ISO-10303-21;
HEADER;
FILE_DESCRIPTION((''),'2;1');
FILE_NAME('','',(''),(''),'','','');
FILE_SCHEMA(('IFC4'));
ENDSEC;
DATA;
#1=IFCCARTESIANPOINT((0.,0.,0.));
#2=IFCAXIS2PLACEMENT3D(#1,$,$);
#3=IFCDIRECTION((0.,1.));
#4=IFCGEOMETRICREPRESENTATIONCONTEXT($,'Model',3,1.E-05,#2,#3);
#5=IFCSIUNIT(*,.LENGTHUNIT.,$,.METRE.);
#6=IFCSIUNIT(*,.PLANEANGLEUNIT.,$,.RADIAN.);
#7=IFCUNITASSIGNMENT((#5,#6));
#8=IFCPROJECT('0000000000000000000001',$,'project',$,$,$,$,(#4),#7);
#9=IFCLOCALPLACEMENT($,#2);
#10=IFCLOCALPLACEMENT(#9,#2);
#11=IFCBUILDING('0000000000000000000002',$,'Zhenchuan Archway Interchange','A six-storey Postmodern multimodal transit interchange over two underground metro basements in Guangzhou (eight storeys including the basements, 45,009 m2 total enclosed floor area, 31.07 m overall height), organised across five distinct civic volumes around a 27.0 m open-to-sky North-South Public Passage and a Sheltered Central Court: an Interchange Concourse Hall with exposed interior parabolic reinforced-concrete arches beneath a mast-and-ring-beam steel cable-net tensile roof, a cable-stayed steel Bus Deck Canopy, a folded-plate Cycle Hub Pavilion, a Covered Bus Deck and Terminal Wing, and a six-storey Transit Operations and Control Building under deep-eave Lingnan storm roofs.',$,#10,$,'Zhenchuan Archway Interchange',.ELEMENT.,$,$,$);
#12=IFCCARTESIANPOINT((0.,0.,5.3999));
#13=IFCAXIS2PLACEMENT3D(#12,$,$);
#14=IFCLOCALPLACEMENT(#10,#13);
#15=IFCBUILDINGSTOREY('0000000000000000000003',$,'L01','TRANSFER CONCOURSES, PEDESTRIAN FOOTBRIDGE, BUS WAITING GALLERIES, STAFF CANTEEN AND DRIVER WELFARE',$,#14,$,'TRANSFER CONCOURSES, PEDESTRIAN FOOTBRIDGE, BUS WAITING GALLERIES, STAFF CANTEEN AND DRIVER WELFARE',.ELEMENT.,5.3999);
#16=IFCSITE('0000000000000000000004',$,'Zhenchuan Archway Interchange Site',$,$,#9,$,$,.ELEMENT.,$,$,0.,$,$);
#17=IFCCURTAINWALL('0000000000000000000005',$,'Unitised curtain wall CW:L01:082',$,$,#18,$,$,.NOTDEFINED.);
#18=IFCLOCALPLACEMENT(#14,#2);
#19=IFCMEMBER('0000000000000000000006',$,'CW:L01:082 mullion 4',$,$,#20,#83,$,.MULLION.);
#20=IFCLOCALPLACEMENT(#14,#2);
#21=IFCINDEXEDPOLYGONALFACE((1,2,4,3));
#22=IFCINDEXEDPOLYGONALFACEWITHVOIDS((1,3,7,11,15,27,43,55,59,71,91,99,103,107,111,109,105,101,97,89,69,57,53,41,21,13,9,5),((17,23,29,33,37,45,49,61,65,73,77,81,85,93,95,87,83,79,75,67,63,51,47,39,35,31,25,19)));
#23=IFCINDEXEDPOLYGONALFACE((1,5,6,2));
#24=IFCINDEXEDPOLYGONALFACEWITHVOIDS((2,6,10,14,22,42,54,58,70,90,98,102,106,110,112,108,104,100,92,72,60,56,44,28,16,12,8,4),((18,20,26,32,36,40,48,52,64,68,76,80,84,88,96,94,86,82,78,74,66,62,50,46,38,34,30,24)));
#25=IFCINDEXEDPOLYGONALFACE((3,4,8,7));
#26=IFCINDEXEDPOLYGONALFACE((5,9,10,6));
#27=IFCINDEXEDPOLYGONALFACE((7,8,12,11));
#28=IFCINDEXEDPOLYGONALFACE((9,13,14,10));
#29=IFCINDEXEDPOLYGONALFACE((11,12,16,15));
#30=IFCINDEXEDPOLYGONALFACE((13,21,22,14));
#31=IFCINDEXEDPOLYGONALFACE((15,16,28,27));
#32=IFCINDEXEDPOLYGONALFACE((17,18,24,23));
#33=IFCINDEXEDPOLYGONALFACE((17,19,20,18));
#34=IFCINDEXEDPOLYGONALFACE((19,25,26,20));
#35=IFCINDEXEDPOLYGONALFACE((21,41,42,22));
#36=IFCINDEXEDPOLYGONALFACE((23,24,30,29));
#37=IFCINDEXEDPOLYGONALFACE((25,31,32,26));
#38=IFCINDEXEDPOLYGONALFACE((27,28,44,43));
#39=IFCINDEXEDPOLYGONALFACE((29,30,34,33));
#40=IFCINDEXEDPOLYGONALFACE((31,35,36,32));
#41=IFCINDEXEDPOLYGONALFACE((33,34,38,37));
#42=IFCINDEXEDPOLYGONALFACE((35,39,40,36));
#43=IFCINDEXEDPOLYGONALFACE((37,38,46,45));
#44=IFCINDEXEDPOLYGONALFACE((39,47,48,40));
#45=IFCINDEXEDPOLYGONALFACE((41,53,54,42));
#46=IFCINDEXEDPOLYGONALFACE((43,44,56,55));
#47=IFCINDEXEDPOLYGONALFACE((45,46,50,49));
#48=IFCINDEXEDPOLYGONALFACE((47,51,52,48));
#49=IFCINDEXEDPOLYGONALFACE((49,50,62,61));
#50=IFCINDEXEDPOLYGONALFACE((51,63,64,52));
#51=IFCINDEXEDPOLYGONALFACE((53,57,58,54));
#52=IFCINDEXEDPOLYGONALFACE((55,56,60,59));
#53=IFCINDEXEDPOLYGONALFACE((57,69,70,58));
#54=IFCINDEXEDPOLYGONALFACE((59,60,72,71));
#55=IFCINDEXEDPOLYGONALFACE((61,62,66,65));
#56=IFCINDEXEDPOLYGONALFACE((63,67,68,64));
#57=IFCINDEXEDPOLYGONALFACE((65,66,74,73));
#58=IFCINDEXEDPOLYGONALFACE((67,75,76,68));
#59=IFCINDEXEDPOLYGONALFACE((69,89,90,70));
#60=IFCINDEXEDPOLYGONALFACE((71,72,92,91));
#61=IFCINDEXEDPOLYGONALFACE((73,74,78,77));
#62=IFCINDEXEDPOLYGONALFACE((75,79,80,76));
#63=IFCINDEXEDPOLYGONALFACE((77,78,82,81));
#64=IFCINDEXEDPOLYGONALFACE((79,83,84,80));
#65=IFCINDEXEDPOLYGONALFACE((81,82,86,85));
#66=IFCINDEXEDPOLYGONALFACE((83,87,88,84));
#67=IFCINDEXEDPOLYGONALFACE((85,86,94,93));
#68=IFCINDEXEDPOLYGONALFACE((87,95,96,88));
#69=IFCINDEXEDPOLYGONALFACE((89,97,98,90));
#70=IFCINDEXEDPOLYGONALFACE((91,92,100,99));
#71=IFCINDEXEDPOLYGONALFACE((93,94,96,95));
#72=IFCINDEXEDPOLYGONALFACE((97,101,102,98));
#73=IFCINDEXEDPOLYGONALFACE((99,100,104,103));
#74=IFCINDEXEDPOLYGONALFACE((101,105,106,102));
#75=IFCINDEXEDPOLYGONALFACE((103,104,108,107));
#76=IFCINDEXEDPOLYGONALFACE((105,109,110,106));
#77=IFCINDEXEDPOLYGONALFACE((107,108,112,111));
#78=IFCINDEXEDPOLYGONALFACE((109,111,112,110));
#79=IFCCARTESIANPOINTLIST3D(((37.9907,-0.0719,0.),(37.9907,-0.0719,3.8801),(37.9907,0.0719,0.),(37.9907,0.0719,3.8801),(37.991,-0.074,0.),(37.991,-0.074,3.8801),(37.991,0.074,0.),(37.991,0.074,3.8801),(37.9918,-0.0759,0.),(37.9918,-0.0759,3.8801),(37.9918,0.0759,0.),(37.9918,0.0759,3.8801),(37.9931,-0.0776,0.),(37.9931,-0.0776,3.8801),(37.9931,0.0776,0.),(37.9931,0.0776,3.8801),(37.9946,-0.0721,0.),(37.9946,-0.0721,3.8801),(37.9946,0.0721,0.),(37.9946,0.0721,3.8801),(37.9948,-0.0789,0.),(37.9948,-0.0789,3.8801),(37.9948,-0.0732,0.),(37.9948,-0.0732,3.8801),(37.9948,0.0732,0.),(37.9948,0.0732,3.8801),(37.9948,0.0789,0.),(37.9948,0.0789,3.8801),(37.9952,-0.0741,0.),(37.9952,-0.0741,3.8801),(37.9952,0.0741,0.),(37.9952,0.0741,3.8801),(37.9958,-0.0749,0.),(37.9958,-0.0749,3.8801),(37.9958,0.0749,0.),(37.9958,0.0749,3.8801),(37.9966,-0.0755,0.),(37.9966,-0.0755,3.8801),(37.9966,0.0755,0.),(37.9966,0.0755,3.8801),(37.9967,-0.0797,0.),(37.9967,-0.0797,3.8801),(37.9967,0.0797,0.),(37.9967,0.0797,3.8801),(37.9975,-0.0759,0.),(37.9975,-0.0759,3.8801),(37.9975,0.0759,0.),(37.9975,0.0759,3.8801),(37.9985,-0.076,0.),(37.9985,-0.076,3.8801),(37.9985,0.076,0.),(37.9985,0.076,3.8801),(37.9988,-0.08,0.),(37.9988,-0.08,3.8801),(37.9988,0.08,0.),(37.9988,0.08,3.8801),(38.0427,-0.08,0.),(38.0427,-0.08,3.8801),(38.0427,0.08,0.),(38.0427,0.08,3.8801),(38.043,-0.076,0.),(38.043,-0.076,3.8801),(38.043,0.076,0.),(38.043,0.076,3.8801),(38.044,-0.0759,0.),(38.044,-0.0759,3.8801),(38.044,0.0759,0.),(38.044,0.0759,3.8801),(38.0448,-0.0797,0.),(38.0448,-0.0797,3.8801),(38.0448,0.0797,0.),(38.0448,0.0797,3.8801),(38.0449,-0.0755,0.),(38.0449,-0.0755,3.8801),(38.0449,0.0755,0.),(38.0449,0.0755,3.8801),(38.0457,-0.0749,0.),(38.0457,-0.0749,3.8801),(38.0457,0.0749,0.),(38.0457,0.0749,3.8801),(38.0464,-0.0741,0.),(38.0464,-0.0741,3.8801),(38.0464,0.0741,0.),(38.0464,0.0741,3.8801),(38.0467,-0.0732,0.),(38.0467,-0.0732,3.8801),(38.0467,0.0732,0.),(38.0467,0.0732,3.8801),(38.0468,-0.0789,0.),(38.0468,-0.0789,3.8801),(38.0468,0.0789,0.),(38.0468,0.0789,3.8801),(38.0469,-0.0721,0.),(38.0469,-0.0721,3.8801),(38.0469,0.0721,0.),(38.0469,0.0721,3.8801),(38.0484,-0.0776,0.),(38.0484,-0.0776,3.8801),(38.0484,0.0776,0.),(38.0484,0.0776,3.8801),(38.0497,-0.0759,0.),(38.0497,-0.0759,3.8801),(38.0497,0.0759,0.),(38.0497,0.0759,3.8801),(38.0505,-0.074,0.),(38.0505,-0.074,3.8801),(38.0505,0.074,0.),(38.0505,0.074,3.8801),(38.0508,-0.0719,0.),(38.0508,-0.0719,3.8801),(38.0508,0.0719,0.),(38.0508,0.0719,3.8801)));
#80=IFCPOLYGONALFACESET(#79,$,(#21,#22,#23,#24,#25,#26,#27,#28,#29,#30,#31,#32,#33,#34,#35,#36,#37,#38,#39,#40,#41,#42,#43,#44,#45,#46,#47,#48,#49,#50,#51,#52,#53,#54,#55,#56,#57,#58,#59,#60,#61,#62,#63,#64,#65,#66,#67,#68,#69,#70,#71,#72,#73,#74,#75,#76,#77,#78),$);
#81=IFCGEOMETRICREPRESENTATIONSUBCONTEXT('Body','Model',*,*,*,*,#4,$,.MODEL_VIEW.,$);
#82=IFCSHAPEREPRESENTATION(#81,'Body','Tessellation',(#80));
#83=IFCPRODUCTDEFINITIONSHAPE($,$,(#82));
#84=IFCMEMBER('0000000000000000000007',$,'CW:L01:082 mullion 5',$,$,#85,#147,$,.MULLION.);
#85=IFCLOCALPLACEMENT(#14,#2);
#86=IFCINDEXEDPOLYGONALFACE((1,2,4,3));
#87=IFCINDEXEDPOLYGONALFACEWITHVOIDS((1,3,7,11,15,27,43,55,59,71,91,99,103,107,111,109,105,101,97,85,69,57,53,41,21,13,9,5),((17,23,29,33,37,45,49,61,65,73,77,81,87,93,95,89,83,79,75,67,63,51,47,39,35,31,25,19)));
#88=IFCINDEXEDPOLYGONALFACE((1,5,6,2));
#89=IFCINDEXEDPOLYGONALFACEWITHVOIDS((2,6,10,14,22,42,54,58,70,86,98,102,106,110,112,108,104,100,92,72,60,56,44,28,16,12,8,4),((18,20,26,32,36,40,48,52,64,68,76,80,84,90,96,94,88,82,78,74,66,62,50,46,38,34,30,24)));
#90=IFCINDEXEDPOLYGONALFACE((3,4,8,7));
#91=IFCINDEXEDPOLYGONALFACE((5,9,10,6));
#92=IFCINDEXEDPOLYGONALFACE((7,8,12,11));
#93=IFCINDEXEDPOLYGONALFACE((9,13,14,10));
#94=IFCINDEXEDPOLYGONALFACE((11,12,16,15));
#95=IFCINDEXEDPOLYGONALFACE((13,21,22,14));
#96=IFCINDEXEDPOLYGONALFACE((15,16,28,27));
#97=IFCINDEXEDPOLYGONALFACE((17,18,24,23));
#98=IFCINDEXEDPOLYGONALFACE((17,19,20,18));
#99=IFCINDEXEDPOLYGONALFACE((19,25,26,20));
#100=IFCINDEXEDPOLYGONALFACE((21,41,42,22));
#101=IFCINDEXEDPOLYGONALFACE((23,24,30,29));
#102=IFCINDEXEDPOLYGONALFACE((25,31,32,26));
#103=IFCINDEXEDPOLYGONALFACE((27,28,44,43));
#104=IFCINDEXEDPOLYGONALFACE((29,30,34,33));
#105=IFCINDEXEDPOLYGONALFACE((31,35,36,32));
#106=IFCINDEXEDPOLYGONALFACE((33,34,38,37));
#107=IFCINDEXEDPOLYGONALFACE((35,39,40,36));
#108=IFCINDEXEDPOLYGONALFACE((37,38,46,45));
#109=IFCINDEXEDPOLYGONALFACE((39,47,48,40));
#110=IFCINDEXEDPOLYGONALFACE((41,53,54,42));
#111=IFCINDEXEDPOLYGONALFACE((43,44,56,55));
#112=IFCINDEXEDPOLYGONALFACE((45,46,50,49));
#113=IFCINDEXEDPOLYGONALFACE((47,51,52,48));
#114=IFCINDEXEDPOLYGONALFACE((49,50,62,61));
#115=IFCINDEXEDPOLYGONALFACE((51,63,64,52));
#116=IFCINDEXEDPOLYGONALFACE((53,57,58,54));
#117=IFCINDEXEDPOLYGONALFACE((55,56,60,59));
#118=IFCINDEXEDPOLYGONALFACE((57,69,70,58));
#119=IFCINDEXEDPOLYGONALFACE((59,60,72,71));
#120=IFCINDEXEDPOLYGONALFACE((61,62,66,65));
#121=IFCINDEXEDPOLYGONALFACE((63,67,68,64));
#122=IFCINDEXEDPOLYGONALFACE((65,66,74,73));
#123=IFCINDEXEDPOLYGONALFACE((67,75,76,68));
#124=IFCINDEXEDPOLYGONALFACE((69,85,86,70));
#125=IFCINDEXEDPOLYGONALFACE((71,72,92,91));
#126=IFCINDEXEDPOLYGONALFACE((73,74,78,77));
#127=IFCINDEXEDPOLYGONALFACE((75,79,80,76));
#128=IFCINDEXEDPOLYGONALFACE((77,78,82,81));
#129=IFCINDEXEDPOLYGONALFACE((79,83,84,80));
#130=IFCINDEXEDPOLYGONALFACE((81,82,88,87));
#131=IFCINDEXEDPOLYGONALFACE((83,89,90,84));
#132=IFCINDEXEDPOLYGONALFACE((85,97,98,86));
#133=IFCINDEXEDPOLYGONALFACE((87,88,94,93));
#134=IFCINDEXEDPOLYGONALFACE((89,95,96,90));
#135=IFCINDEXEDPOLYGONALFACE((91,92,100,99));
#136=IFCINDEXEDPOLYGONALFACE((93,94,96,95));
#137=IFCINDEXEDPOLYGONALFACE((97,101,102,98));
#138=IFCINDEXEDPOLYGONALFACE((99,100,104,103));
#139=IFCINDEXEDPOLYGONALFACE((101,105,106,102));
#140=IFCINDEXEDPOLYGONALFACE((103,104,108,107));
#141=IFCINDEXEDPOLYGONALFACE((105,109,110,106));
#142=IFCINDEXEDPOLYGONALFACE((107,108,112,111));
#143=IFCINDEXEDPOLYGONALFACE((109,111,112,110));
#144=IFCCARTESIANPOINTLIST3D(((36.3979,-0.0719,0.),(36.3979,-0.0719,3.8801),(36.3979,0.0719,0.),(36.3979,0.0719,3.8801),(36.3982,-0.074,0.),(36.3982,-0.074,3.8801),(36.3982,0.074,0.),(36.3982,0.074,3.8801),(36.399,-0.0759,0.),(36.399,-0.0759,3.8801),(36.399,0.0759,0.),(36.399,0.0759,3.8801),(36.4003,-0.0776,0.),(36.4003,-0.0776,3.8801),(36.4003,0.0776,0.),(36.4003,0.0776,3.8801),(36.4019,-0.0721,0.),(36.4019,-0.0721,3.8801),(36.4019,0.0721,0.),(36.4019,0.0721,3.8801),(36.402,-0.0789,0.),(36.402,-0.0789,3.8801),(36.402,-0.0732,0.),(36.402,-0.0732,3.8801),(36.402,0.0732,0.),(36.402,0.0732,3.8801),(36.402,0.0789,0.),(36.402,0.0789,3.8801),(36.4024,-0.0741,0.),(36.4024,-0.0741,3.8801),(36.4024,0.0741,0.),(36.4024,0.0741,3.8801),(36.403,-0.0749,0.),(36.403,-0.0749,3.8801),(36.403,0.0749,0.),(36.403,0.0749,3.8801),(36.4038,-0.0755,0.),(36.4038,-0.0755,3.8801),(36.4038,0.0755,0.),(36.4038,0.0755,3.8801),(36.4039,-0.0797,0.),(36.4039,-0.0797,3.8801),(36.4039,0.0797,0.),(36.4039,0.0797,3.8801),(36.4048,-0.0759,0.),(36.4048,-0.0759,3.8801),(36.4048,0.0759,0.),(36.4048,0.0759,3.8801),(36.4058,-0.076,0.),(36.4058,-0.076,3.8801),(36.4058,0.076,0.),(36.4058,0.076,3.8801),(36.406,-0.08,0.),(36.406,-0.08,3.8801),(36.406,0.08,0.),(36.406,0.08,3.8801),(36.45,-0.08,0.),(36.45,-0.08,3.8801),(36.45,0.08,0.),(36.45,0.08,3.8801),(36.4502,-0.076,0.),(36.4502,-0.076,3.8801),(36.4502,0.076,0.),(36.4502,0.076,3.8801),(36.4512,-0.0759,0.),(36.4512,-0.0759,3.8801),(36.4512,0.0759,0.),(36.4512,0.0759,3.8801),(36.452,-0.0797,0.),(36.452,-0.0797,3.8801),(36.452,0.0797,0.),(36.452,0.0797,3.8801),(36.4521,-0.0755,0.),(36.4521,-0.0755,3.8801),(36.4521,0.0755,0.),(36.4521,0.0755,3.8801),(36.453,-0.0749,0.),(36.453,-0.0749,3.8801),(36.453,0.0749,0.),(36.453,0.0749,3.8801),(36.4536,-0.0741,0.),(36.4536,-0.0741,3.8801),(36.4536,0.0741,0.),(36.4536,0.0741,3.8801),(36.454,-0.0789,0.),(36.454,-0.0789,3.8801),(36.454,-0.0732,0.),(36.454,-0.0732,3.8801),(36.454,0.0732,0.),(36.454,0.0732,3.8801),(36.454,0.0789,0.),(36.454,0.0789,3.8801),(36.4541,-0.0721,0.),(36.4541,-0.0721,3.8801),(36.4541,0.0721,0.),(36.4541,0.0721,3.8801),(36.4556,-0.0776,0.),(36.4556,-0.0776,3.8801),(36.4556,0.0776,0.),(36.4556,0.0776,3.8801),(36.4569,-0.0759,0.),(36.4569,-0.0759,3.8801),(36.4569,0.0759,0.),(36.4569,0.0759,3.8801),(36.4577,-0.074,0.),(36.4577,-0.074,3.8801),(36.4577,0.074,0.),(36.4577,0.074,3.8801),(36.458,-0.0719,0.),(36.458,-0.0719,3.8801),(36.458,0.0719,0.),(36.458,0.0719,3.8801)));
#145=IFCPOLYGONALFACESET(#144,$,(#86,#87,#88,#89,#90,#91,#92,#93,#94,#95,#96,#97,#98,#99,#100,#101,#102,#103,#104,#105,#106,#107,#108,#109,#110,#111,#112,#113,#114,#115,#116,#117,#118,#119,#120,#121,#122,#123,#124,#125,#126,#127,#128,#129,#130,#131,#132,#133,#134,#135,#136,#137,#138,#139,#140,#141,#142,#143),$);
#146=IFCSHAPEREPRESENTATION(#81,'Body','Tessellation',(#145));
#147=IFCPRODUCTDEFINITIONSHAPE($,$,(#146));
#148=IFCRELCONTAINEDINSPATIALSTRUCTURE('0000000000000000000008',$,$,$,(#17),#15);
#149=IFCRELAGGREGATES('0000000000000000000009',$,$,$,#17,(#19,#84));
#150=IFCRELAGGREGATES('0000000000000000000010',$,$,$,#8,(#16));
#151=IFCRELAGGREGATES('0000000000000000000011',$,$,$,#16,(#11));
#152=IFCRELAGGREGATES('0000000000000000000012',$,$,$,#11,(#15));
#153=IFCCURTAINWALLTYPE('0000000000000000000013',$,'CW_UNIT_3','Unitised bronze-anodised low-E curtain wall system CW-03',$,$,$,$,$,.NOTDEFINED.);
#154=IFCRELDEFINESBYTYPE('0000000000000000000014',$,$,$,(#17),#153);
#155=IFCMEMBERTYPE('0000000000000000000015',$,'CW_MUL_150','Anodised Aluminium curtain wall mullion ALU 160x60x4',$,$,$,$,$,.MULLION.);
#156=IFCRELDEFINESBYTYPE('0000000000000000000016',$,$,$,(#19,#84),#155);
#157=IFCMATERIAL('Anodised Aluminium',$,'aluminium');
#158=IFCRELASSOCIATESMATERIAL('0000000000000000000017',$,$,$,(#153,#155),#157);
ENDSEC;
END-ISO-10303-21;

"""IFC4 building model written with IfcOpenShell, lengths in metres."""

from ifc_helpers import new_model, si_unit, direction, frame, origin, origin_2d, place, context, subcontext, project, spatial, hollow_rectangle, extrude, material, material_profile, profile_set, type_object, element, aggregate, save


model = new_model("IFC4")

# Units and contexts
model_context = context("Model", 3, precision=1e-05, world=origin(), true_north=direction((0.0, 1.0)))
body_context = subcontext(model_context, "Body", "Model", "MODEL_VIEW")
ifc_project = project(units=[si_unit("LENGTHUNIT", "METRE"), si_unit("PLANEANGLEUNIT", "RADIAN")], contexts=[model_context])

# Site, building, storey
site_placement = place(None, origin())
site = spatial("IfcSite", under=ifc_project, at=site_placement, Name="Zhenchuan Archway Interchange Site", CompositionType="ELEMENT", RefElevation=0.0)
building_placement = place(site_placement, origin())
building = spatial("IfcBuilding", under=site, at=building_placement, Name="Zhenchuan Archway Interchange", Description="A six-storey Postmodern multimodal transit interchange over two underground metro basements in Guangzhou (eight storeys including the basements, 45,009 m2 total enclosed floor area, 31.07 m overall height), organised across five distinct civic volumes around a 27.0 m open-to-sky North-South Public Passage and a Sheltered Central Court: an Interchange Concourse Hall with exposed interior parabolic reinforced-concrete arches beneath a mast-and-ring-beam steel cable-net tensile roof, a cable-stayed steel Bus Deck Canopy, a folded-plate Cycle Hub Pavilion, a Covered Bus Deck and Terminal Wing, and a six-storey Transit Operations and Control Building under deep-eave Lingnan storm roofs.", LongName="Zhenchuan Archway Interchange", CompositionType="ELEMENT")
storey_placement = place(building_placement, frame((0.0, 0.0, 5.3999)))
storey = spatial("IfcBuildingStorey", under=building, at=storey_placement, Name="L01", Description="TRANSFER CONCOURSES, PEDESTRIAN FOOTBRIDGE, BUS WAITING GALLERIES, STAFF CANTEEN AND DRIVER WELFARE", LongName="TRANSFER CONCOURSES, PEDESTRIAN FOOTBRIDGE, BUS WAITING GALLERIES, STAFF CANTEEN AND DRIVER WELFARE", CompositionType="ELEMENT", Elevation=5.3999)

# Curtain wall, members
ifc_material_1 = material(Name="Anodised Aluminium", Category="aluminium")
curtain_wall_type_1 = type_object("IfcCurtainWallType", Name="CW_UNIT_3", Description="Unitised bronze-anodised low-E curtain wall system CW-03", PredefinedType="NOTDEFINED", material=ifc_material_1)
curtain_wall_1_placement = place(storey_placement, origin())
curtain_wall_1 = element("IfcCurtainWall", 1, at=curtain_wall_1_placement, inside=storey, type_object=curtain_wall_type_1, Name="Unitised curtain wall CW:L01:082", PredefinedType="NOTDEFINED")
ifc_material_profile_1 = material_profile(ifc_material_1, hollow_rectangle(XDim=0.0601, YDim=0.1599, WallThickness=0.0039, InnerFilletRadius=0.0039, OuterFilletRadius=0.0081, at=origin_2d()), Name="ALU 160x60x4")
ifc_profile_set_1 = profile_set([ifc_material_profile_1], Name="Anodised Aluminium")
member_type_1 = type_object("IfcMemberType", Name="CW_MUL_150", Description="Anodised Aluminium curtain wall mullion ALU 160x60x4", PredefinedType="MULLION", material=ifc_profile_set_1)
member_1_placement = place(storey_placement, frame((38.0208, 0.0, 0.0), z_axis=(0.0, 0.0, 1.0), x_axis=(1.0, 0.0, 0.0)))
member_1 = element("IfcMember", 2, at=member_1_placement, type_object=member_type_1, Name="CW:L01:082 mullion 4", PredefinedType="MULLION", context=body_context, shape_type="SweptSolid", body=[
    extrude(hollow_rectangle(XDim=0.0601, YDim=0.1599, WallThickness=0.0039, InnerFilletRadius=0.0039, OuterFilletRadius=0.0081, at=origin_2d()), origin(), (0.0, 0.0, 1.0), 3.8801),
])
member_2_placement = place(storey_placement, frame((36.428, 0.0, 0.0), z_axis=(0.0, 0.0, 1.0), x_axis=(1.0, 0.0, 0.0)))
member_2 = element("IfcMember", 3, at=member_2_placement, type_object=member_type_1, Name="CW:L01:082 mullion 5", PredefinedType="MULLION", context=body_context, shape_type="SweptSolid", body=[
    extrude(hollow_rectangle(XDim=0.0601, YDim=0.1599, WallThickness=0.0039, InnerFilletRadius=0.0039, OuterFilletRadius=0.0081, at=origin_2d()), origin(), (0.0, 0.0, 1.0), 3.8801),
])

aggregate(curtain_wall_1, [member_1, member_2])

save(model, "model.ifc")
